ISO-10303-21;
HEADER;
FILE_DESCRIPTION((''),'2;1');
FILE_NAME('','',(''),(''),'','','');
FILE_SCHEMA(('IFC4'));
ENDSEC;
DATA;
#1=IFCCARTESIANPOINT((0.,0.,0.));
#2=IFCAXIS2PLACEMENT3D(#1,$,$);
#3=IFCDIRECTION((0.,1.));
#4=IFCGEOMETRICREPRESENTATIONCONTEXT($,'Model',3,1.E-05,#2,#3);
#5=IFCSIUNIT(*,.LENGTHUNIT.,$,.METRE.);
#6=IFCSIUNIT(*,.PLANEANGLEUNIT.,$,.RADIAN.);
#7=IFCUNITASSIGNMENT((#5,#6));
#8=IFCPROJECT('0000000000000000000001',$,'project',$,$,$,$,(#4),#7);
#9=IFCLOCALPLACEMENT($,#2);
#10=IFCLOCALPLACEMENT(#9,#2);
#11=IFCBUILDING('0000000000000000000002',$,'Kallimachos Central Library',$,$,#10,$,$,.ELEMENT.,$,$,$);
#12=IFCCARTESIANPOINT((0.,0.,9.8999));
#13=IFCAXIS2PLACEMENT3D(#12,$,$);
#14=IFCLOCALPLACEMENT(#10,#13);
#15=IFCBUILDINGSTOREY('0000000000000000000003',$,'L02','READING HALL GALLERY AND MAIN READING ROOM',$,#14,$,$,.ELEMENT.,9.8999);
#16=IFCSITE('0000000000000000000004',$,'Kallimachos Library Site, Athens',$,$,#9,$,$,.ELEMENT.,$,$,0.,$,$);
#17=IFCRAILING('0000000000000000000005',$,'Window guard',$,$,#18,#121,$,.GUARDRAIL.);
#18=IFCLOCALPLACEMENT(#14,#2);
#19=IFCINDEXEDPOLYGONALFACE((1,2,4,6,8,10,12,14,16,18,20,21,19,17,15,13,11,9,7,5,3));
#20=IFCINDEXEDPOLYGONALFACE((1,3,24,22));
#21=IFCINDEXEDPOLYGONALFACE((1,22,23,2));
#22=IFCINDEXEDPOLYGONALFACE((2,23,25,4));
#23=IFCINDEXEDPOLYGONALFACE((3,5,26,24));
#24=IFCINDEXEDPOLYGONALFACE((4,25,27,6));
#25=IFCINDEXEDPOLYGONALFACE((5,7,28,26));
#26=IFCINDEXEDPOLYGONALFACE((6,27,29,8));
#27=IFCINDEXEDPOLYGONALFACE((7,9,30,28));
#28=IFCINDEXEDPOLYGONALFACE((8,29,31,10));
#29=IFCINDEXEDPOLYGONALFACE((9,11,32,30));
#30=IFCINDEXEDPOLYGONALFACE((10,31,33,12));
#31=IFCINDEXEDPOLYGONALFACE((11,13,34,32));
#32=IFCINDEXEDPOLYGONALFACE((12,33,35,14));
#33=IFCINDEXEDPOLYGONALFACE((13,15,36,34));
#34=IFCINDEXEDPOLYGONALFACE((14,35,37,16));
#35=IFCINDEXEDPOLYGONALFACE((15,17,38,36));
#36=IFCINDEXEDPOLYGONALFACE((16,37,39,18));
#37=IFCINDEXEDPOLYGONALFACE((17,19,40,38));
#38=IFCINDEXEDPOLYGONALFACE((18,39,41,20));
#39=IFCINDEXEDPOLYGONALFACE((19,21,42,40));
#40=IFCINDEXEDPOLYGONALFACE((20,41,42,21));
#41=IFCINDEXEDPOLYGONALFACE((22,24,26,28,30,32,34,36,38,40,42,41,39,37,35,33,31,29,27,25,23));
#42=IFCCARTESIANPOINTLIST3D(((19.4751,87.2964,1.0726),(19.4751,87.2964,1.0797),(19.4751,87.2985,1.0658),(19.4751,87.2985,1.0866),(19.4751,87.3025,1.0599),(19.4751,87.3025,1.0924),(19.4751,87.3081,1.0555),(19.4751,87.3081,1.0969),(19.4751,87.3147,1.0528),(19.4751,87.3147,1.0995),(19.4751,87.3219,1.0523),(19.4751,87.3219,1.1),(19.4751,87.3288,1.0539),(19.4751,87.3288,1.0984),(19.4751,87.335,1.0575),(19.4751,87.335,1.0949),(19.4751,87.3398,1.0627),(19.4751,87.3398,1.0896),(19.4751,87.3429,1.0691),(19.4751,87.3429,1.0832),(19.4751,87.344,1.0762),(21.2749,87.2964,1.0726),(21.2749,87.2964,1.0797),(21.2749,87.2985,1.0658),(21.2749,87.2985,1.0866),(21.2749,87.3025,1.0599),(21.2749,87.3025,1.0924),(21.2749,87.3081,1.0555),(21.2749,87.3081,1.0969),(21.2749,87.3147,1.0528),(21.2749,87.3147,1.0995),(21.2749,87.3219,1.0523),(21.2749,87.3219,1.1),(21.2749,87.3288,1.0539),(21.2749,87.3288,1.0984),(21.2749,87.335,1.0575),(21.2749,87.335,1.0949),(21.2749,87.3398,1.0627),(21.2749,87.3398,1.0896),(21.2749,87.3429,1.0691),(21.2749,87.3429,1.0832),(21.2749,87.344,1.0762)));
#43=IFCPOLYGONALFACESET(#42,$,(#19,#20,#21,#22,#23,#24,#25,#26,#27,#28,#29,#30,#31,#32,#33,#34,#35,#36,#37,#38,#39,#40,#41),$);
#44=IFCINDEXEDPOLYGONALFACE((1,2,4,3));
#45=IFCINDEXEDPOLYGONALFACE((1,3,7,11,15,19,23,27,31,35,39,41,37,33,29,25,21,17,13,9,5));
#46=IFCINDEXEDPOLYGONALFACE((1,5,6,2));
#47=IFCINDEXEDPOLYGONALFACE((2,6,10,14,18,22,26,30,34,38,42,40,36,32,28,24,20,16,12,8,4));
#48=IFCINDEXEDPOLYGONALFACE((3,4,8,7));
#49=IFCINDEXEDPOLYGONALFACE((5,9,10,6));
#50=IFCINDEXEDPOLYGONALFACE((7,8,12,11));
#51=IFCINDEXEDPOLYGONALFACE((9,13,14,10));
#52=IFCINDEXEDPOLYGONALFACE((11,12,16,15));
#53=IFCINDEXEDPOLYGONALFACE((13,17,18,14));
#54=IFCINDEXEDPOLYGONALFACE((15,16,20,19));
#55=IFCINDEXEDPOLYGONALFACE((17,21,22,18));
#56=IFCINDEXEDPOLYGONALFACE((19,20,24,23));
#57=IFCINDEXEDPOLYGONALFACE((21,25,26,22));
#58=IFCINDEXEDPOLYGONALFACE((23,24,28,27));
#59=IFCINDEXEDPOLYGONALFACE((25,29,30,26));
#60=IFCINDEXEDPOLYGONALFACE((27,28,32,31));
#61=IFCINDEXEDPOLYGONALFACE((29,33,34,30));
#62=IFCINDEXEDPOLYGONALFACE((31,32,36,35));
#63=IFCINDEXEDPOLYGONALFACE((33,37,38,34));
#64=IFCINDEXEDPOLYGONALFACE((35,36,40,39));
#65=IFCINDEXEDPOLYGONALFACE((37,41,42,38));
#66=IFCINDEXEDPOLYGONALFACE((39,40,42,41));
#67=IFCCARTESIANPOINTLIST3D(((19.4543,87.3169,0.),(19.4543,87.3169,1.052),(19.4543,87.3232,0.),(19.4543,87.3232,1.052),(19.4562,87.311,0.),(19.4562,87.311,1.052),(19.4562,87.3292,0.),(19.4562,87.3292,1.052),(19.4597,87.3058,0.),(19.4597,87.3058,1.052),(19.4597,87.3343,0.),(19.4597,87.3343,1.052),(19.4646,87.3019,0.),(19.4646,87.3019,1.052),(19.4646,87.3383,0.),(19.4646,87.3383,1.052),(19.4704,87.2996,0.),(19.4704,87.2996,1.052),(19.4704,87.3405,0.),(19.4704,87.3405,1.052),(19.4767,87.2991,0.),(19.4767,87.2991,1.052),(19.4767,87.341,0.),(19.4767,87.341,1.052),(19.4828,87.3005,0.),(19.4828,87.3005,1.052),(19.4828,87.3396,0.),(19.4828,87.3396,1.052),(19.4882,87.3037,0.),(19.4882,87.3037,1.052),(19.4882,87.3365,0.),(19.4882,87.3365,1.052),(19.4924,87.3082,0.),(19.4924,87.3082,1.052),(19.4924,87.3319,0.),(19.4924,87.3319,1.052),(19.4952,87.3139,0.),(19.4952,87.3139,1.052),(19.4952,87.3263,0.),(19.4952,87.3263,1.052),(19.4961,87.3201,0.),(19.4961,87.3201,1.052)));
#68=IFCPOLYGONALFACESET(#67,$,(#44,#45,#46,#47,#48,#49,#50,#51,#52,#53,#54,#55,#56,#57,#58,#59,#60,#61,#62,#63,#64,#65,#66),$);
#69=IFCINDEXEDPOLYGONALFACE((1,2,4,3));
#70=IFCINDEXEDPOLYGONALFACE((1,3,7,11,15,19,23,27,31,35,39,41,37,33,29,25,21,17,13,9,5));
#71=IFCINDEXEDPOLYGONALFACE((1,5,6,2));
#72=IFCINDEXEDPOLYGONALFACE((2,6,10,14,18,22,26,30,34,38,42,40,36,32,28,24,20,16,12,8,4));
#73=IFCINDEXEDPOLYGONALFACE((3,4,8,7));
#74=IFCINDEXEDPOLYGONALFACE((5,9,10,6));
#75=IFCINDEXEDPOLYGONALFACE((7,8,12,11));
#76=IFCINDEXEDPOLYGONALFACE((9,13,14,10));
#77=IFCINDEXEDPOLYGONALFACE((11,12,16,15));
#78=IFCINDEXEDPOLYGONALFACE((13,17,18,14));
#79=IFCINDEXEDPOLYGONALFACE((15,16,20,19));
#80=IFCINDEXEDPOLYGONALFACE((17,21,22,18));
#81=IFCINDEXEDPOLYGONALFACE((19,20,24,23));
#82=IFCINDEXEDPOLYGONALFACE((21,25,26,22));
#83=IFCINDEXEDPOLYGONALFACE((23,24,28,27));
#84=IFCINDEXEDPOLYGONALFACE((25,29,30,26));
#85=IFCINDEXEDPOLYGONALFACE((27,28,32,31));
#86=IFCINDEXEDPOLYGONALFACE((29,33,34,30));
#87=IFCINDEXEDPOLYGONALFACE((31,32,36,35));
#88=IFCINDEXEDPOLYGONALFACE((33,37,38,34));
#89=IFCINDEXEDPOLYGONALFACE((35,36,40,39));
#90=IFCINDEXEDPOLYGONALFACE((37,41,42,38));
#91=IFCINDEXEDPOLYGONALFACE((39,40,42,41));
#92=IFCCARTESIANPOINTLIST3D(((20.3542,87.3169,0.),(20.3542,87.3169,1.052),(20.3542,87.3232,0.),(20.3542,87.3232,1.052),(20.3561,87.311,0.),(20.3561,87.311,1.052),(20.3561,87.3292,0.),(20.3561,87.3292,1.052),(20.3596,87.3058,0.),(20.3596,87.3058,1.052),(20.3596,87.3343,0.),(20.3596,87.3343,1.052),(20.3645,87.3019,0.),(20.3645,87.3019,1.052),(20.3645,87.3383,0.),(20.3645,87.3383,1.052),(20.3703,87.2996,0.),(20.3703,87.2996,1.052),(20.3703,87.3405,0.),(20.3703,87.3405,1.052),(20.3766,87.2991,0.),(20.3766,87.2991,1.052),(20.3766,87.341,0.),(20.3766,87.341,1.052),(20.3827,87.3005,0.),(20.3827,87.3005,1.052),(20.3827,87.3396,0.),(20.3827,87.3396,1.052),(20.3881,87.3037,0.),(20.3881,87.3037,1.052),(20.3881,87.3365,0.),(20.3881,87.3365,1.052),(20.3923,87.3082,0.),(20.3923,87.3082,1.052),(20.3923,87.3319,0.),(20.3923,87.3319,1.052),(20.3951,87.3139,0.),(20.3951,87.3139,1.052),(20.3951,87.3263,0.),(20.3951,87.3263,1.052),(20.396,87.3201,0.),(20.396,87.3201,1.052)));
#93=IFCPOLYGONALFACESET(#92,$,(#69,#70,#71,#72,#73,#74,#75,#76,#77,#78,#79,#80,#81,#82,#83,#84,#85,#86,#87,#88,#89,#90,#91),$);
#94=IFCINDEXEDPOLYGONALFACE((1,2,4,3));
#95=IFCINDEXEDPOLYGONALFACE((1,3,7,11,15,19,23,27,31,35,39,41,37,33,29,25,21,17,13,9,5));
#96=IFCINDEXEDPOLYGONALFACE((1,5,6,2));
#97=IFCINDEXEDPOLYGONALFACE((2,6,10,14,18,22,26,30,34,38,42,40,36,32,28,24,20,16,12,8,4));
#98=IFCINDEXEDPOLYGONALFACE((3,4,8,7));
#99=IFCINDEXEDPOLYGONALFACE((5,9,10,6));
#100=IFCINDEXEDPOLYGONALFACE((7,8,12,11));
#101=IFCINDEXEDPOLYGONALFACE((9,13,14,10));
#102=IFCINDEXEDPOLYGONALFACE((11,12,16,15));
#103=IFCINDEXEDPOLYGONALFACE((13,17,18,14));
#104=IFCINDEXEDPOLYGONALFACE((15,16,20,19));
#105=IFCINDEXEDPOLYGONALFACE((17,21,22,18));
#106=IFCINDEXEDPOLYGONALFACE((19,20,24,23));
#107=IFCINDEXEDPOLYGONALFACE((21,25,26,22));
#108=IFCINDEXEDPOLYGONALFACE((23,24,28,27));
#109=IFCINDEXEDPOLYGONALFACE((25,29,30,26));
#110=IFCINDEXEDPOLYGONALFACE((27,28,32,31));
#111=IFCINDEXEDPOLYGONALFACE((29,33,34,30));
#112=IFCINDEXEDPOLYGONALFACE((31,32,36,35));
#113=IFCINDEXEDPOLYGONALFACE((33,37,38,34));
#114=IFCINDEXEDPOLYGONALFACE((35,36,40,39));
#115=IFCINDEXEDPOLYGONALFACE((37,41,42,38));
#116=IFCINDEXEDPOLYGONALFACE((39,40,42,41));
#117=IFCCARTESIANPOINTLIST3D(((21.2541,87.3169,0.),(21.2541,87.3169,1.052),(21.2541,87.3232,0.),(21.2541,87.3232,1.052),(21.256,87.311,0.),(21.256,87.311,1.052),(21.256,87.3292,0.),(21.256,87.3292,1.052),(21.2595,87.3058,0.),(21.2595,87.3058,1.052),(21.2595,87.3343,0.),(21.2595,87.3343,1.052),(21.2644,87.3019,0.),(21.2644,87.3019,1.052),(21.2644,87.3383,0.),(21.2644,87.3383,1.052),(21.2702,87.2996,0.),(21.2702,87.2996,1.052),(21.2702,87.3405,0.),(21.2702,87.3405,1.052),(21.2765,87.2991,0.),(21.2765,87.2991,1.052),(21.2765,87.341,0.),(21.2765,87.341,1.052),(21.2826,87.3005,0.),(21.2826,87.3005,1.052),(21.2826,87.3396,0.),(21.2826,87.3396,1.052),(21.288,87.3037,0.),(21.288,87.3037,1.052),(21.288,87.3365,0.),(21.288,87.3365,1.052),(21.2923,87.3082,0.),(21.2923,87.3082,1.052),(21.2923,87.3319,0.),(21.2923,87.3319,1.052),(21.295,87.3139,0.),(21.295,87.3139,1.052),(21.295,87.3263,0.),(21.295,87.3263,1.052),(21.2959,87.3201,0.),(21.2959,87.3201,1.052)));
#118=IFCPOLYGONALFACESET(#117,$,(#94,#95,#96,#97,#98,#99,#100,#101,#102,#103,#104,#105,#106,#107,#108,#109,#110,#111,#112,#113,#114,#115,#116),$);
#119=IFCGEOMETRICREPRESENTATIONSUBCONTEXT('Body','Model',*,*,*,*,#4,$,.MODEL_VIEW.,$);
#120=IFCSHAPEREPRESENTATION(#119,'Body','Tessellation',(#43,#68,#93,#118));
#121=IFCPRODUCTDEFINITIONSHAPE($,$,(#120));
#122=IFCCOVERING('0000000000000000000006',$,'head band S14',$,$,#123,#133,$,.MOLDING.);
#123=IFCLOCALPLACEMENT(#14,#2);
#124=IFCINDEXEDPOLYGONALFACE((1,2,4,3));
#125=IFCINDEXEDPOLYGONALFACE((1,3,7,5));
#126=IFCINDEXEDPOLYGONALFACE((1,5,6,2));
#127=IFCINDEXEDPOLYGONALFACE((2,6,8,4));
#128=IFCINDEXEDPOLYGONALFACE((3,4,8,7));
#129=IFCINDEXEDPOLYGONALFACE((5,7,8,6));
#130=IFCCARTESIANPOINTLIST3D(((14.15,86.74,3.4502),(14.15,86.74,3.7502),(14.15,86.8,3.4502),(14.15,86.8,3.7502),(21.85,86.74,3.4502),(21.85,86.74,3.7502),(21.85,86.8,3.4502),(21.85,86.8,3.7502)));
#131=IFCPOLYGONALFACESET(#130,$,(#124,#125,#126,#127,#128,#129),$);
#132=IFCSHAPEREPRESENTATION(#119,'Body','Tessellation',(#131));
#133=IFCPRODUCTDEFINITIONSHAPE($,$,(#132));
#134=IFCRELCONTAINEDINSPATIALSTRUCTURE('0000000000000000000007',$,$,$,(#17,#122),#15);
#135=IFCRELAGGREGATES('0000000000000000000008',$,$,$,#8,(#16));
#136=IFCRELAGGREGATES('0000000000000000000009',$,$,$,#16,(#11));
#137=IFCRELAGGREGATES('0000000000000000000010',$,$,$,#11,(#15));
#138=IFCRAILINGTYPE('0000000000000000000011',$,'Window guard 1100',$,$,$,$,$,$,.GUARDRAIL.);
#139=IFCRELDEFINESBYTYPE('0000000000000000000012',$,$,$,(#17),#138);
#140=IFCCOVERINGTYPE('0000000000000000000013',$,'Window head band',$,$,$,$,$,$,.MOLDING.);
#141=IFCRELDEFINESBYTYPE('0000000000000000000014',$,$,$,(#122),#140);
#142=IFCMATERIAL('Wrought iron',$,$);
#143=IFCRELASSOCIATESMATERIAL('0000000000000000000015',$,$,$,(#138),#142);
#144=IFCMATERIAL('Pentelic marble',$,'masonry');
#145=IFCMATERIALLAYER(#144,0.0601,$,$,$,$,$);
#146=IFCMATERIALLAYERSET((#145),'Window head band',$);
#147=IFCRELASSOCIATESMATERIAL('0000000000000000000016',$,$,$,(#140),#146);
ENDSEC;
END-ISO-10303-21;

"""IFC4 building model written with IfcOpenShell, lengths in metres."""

from ifc_helpers import new_model, si_unit, direction, frame, origin, origin_2d, place, context, subcontext, project, spatial, rectangle, circle, extrude, material, layer, layer_set, type_object, element, save


model = new_model("IFC4")

# Units and contexts
model_context = context("Model", 3, precision=1e-05, world=origin(), true_north=direction((0.0, 1.0)))
body_context = subcontext(model_context, "Body", "Model", "MODEL_VIEW")
ifc_project = project(units=[si_unit("LENGTHUNIT", "METRE"), si_unit("PLANEANGLEUNIT", "RADIAN")], contexts=[model_context])

# Site, building, storey
site_placement = place(None, origin())
site = spatial("IfcSite", under=ifc_project, at=site_placement, Name="Kallimachos Library Site, Athens", CompositionType="ELEMENT", RefElevation=0.0)
building_placement = place(site_placement, origin())
building = spatial("IfcBuilding", under=site, at=building_placement, Name="Kallimachos Central Library", CompositionType="ELEMENT")
storey_placement = place(building_placement, frame((0.0, 0.0, 9.8999)))
storey = spatial("IfcBuildingStorey", under=building, at=storey_placement, Name="L02", Description="READING HALL GALLERY AND MAIN READING ROOM", CompositionType="ELEMENT", Elevation=9.8999)

# Railing
ifc_material_1 = material(Name="Wrought iron")
railing_type = type_object("IfcRailingType", Name="Window guard 1100", PredefinedType="GUARDRAIL", material=ifc_material_1)
for number, where, name in (
    (1, (19.4751, 87.3201, 0.0), "Window guard"),
):
    element("IfcRailing", number, at=place(storey_placement, frame(where)), inside=storey, type_object=railing_type, Name=name, PredefinedType="GUARDRAIL", context=body_context, shape_type="SweptSolid", body=[
        extrude(circle(Radius=0.0239, at=origin_2d()), frame((0.0, 0.0, 1.0762), z_axis=(1.0, 0.0, 0.0), x_axis=(0.0, 1.0, 0.0)), (0.0, 0.0, 1.0), 1.7998),
        extrude(circle(Radius=0.021, at=origin_2d()), origin(), (0.0, 0.0, 1.0), 1.052),
        extrude(circle(Radius=0.021, at=origin_2d()), frame((0.8999, 0.0, 0.0)), (0.0, 0.0, 1.0), 1.052),
        extrude(circle(Radius=0.021, at=origin_2d()), frame((1.7998, 0.0, 0.0)), (0.0, 0.0, 1.0), 1.052),
    ])

# Covering
ifc_material_2 = material(Name="Pentelic marble", Category="masonry")
ifc_layer_1 = layer(ifc_material_2, 0.0601)
ifc_layer_set_1 = layer_set([ifc_layer_1], Name="Window head band")
covering_type_1 = type_object("IfcCoveringType", Name="Window head band", PredefinedType="MOLDING", material=ifc_layer_set_1)
covering_1_placement = place(storey_placement, frame((18.0, 86.77, 3.4502), z_axis=(0.0, 0.0, 1.0), x_axis=(1.0, 0.0, 0.0)))
element("IfcCovering", 2, at=covering_1_placement, inside=storey, type_object=covering_type_1, Name="head band S14", PredefinedType="MOLDING", context=body_context, shape_type="SweptSolid", body=[
    extrude(rectangle(XDim=7.7, YDim=0.0601, at=origin_2d()), origin(), (0.0, 0.0, 1.0), 0.3),
])

save(model, "model.ifc")
